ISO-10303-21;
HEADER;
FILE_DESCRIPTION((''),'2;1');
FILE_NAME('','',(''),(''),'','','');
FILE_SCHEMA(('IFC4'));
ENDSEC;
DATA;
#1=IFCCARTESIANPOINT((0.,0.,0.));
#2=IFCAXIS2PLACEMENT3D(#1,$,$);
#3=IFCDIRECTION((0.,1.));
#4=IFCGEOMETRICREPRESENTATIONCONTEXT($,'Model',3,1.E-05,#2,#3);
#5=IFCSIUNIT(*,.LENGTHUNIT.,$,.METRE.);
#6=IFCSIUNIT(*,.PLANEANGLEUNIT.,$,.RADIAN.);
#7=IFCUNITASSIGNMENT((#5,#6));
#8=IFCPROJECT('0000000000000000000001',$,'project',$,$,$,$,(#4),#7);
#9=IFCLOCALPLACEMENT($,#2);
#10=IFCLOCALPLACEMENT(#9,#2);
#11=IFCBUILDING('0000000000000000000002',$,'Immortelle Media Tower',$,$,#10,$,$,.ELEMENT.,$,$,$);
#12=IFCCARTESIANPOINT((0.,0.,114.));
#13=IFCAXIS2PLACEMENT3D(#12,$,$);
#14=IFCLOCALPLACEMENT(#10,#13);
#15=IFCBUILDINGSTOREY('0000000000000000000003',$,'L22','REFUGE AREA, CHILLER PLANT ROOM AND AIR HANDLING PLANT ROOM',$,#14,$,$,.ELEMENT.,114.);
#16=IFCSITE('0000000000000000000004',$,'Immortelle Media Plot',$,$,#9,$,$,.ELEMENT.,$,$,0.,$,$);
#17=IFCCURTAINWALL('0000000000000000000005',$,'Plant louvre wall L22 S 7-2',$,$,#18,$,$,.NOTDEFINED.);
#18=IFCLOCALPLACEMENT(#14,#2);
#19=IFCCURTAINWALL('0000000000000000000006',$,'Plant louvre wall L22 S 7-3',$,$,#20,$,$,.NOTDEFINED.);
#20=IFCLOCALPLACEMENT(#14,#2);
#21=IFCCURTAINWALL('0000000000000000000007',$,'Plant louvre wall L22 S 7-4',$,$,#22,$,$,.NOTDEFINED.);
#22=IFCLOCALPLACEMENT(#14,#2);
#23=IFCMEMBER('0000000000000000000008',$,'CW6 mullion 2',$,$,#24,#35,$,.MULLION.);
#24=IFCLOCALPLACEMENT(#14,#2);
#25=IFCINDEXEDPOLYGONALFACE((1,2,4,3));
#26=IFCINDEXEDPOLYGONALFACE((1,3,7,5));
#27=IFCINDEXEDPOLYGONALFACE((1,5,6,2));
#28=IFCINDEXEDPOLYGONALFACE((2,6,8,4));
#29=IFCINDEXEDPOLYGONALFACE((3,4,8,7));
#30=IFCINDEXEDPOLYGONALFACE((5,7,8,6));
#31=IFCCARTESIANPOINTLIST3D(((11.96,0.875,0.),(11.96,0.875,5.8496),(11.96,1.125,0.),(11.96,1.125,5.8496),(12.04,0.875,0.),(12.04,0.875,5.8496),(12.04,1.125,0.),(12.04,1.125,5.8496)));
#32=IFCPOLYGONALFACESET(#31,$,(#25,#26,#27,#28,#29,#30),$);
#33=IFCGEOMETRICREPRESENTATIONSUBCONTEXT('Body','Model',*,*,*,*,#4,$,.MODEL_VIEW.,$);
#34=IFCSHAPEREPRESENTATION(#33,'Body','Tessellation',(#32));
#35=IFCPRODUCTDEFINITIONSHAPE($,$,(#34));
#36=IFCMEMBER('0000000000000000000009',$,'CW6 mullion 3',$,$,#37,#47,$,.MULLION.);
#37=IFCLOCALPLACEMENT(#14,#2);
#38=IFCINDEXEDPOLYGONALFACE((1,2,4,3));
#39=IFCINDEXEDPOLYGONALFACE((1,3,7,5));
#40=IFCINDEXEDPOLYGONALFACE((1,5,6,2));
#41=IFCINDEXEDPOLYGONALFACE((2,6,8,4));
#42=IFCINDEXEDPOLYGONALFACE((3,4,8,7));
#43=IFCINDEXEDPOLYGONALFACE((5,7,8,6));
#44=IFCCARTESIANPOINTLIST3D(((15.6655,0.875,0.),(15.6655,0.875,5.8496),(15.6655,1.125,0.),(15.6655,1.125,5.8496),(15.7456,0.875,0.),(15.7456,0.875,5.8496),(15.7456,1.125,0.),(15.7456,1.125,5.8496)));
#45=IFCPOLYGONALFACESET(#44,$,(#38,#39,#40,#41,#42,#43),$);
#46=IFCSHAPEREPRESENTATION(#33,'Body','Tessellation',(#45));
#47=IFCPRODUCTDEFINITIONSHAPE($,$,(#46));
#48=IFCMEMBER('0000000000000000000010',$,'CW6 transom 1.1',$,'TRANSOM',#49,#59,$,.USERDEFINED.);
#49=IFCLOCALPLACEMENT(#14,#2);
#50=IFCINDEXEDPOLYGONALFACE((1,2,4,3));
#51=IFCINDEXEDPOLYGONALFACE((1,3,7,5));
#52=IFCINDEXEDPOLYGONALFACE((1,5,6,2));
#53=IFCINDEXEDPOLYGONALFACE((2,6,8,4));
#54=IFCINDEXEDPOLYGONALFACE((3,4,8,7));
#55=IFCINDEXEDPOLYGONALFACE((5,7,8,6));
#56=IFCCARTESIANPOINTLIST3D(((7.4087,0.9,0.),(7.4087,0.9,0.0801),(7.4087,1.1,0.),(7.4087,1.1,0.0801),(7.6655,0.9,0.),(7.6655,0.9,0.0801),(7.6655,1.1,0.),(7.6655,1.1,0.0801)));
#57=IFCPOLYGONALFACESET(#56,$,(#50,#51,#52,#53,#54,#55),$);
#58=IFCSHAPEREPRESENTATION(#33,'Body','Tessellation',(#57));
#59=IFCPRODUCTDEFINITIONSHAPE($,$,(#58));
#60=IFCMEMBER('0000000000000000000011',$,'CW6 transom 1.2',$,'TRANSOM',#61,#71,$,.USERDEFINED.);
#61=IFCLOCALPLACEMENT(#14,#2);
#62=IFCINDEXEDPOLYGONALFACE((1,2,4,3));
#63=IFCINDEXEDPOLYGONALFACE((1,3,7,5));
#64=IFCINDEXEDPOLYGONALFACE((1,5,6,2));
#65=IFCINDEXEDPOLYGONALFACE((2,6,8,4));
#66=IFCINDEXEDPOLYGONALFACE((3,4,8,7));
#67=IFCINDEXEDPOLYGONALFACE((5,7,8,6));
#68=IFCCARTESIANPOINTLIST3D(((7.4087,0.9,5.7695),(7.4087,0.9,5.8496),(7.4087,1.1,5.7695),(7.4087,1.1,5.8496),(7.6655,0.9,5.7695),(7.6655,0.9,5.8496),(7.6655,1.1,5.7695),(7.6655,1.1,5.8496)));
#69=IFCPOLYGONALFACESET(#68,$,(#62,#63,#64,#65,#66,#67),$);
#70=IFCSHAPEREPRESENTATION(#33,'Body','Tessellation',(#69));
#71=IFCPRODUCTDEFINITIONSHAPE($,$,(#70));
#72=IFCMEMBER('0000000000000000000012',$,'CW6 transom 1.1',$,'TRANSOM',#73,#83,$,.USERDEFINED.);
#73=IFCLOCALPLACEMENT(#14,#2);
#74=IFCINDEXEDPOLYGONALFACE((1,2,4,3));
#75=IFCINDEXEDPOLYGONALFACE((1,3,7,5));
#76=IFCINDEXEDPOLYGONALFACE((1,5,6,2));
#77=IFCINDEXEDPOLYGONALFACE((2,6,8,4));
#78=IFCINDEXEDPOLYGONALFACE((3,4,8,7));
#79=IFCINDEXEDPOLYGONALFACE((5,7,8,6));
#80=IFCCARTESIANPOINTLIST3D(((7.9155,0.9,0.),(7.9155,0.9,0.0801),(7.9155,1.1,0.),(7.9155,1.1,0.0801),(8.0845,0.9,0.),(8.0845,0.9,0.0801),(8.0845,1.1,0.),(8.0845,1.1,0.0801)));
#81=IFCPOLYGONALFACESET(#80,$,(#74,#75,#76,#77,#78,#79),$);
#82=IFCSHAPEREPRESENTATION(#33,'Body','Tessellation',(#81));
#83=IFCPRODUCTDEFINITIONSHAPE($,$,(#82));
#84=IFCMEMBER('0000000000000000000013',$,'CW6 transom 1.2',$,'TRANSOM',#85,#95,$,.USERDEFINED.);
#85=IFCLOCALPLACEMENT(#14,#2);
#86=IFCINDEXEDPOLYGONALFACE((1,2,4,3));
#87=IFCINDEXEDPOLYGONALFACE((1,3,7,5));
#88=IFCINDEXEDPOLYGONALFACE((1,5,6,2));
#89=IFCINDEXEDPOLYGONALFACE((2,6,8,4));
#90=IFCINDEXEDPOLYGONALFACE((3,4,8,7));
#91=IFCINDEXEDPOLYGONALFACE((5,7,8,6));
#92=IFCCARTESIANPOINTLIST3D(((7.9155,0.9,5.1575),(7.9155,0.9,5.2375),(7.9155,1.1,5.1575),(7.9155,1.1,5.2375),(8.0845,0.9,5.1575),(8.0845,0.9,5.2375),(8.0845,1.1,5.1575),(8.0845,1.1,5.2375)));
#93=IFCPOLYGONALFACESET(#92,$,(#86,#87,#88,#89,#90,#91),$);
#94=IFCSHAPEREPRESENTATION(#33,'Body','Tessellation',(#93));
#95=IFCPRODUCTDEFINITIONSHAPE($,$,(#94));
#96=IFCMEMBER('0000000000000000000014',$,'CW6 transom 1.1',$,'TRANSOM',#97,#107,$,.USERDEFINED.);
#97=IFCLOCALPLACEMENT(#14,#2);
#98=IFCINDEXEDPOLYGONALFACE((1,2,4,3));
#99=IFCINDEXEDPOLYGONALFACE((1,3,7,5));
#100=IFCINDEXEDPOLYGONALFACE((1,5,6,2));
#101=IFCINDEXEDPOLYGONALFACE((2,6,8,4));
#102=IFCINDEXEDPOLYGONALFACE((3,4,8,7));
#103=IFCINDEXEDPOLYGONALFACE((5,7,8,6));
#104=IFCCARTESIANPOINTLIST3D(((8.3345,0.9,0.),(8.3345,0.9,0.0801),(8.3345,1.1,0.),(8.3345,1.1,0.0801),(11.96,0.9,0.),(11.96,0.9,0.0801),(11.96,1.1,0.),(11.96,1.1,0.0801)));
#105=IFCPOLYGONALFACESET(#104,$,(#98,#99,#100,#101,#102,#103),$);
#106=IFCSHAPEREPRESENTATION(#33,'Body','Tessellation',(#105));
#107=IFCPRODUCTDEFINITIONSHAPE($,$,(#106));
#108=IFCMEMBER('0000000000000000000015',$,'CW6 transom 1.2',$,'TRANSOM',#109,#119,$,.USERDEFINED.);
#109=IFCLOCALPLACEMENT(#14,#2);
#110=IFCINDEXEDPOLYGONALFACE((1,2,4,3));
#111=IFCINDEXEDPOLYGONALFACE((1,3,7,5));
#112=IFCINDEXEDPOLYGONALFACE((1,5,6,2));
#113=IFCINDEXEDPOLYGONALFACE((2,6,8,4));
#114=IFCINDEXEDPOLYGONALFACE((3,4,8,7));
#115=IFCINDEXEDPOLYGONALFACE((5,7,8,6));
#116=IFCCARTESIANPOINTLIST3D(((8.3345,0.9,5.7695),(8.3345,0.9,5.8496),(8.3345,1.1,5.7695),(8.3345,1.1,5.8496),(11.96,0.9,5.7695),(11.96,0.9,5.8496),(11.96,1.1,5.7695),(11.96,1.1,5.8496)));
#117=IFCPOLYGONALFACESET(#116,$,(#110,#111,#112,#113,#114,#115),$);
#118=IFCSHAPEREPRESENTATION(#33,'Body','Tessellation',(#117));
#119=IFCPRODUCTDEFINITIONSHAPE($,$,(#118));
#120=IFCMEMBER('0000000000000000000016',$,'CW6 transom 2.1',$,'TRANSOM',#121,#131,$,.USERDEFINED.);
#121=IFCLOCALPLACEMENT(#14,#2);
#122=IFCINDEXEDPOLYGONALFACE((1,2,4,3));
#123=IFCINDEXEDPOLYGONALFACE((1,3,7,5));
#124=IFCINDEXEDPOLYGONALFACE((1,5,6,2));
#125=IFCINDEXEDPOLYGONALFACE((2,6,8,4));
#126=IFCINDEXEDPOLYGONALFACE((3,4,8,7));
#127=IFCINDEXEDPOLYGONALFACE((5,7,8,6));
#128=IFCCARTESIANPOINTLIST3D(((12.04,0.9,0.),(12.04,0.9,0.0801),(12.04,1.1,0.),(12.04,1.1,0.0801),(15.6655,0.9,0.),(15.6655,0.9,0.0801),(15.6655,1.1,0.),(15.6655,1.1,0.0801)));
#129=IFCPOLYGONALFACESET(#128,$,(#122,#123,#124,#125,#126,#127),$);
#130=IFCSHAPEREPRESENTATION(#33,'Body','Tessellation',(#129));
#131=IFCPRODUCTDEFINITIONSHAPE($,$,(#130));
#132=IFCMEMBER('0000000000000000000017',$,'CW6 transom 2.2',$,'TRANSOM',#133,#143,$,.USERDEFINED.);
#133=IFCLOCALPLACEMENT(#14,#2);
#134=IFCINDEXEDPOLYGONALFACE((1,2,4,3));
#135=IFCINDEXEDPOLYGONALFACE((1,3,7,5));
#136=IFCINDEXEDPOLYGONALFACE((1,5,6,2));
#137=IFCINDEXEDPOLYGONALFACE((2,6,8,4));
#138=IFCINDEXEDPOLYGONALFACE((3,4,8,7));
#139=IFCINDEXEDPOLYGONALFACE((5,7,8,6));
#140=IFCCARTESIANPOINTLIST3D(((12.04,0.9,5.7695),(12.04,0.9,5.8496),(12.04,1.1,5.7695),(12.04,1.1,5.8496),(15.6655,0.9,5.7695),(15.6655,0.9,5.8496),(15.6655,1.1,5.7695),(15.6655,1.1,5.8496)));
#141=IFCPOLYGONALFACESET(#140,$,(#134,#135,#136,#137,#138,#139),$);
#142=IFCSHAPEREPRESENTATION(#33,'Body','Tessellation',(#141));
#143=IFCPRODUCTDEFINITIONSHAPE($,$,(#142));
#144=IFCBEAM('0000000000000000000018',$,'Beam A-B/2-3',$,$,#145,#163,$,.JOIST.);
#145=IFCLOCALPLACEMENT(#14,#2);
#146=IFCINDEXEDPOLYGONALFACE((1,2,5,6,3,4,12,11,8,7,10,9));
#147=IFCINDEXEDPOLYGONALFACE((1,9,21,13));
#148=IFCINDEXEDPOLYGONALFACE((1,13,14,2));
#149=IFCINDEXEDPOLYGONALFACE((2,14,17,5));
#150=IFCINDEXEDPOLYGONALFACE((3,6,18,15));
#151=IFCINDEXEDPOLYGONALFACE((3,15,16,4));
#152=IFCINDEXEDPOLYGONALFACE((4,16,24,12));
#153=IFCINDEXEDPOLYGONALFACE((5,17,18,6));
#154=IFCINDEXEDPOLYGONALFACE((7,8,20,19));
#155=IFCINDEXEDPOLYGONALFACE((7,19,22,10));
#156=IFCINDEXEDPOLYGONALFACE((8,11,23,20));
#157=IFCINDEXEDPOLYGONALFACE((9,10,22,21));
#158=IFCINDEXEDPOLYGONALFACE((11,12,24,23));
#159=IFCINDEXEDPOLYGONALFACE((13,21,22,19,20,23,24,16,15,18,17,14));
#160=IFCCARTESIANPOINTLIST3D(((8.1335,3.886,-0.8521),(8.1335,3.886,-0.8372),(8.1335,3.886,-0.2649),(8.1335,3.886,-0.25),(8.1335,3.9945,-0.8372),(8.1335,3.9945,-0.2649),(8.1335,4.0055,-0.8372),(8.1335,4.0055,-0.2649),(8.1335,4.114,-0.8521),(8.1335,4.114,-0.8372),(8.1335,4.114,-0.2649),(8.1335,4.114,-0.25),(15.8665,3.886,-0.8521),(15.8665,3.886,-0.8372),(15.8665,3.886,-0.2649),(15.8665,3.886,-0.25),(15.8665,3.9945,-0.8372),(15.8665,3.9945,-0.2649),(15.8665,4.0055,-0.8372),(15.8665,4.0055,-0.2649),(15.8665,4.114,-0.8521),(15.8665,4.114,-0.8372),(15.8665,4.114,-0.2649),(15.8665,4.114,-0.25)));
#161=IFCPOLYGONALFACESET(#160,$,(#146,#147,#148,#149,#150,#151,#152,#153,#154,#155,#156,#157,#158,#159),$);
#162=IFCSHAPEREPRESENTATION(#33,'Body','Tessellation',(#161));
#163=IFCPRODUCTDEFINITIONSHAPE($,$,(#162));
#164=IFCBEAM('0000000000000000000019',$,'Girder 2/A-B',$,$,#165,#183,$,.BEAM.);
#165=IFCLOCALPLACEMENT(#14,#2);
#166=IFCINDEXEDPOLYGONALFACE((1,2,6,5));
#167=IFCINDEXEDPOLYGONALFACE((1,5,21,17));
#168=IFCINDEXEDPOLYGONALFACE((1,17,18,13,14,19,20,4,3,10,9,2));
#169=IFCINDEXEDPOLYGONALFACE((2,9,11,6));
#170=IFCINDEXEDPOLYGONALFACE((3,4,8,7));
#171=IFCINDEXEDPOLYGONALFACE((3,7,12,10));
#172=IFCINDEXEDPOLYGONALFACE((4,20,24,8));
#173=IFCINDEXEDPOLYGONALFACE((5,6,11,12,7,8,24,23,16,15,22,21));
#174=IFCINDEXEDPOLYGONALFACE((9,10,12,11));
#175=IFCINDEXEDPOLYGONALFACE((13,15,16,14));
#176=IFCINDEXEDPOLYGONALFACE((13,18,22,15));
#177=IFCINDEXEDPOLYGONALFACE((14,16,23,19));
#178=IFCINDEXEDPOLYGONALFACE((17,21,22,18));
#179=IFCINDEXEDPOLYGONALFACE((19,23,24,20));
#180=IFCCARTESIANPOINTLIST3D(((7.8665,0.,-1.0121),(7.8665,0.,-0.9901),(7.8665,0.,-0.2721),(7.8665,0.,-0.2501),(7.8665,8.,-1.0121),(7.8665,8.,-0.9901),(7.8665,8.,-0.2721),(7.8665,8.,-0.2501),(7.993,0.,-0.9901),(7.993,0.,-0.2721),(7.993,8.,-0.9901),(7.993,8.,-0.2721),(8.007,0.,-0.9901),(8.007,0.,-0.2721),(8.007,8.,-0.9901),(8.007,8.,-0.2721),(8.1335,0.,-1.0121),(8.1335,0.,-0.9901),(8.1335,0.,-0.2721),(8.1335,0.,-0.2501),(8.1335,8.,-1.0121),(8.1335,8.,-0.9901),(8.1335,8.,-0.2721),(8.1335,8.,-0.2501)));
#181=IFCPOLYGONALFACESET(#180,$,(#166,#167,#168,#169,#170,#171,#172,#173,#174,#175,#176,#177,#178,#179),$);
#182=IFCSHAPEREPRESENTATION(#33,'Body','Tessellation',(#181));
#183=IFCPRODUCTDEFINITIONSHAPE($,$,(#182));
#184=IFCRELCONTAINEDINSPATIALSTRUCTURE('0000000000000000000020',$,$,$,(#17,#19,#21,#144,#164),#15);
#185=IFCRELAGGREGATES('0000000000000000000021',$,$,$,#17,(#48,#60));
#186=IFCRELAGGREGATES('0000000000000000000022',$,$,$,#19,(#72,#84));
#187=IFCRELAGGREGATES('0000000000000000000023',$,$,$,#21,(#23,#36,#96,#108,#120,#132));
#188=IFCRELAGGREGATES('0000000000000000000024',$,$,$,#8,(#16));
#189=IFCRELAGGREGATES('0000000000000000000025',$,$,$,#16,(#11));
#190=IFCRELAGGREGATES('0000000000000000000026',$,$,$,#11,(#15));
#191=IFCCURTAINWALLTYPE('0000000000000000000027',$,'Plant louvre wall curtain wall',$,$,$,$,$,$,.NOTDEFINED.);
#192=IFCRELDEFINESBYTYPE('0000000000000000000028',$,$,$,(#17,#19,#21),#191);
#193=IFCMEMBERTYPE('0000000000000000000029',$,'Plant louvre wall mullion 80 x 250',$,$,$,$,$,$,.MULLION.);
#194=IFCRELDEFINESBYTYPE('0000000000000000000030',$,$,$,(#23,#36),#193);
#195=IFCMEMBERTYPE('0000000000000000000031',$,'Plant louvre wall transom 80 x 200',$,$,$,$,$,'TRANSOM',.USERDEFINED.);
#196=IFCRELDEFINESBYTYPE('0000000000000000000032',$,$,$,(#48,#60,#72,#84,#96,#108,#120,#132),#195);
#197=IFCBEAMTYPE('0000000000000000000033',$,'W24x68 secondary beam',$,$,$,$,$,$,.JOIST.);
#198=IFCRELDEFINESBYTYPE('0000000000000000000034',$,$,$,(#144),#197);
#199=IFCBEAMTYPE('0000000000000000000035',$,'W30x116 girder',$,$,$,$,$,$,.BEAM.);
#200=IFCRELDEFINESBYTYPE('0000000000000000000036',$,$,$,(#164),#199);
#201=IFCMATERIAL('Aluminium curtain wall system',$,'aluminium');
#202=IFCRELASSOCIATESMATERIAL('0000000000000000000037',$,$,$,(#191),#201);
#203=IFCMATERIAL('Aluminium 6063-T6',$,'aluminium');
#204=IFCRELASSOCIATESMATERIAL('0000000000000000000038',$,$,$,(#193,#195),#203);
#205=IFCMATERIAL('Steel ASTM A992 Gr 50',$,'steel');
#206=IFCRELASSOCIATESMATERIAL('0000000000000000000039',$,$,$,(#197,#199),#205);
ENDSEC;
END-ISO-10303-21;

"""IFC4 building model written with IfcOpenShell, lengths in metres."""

from ifc_helpers import new_model, si_unit, direction, frame, origin, origin_2d, place, context, subcontext, project, spatial, rectangle, i_section, extrude, material, material_profile, profile_set, type_object, element, aggregate, save


model = new_model("IFC4")

# Units and contexts
model_context = context("Model", 3, precision=1e-05, world=origin(), true_north=direction((0.0, 1.0)))
body_context = subcontext(model_context, "Body", "Model", "MODEL_VIEW")
ifc_project = project(units=[si_unit("LENGTHUNIT", "METRE"), si_unit("PLANEANGLEUNIT", "RADIAN")], contexts=[model_context])

# Site, building, storey
site_placement = place(None, origin())
site = spatial("IfcSite", under=ifc_project, at=site_placement, Name="Immortelle Media Plot", CompositionType="ELEMENT", RefElevation=0.0)
building_placement = place(site_placement, origin())
building = spatial("IfcBuilding", under=site, at=building_placement, Name="Immortelle Media Tower", CompositionType="ELEMENT")
storey_placement = place(building_placement, frame((0.0, 0.0, 114.0)))
storey = spatial("IfcBuildingStorey", under=building, at=storey_placement, Name="L22", Description="REFUGE AREA, CHILLER PLANT ROOM AND AIR HANDLING PLANT ROOM", CompositionType="ELEMENT", Elevation=114.0)

# Shared definitions
ifc_material_1 = material(Name="Steel ASTM A992 Gr 50", Category="steel")

# Curtain wall
ifc_material_2 = material(Name="Aluminium curtain wall system", Category="aluminium")
curtain_wall_type = type_object("IfcCurtainWallType", Name="Plant louvre wall curtain wall", PredefinedType="NOTDEFINED", material=ifc_material_2)
curtain_wall_1_placement = place(storey_placement, origin())
curtain_wall_1 = element("IfcCurtainWall", 1, at=curtain_wall_1_placement, inside=storey, type_object=curtain_wall_type, Name="Plant louvre wall L22 S 7-2", PredefinedType="NOTDEFINED")
ifc_material_3 = material(Name="Aluminium 6063-T6", Category="aluminium")
ifc_material_profile_1 = material_profile(ifc_material_3, rectangle(XDim=0.25, YDim=0.0801, at=origin_2d()), Name="AL 80x250")
ifc_profile_set_1 = profile_set([ifc_material_profile_1], Name="Aluminium 6063-T6")
member_type_1 = type_object("IfcMemberType", Name="Plant louvre wall mullion 80 x 250", PredefinedType="MULLION", material=ifc_profile_set_1)

# Curtain walls, members
curtain_wall_2_placement = place(storey_placement, origin())
curtain_wall_2 = element("IfcCurtainWall", 2, at=curtain_wall_2_placement, inside=storey, type_object=curtain_wall_type, Name="Plant louvre wall L22 S 7-3", PredefinedType="NOTDEFINED")
curtain_wall_3_placement = place(storey_placement, origin())
curtain_wall_3 = element("IfcCurtainWall", 3, at=curtain_wall_3_placement, inside=storey, type_object=curtain_wall_type, Name="Plant louvre wall L22 S 7-4", PredefinedType="NOTDEFINED")
member_1_placement = place(storey_placement, frame((12.0, 1.0, 0.0), z_axis=(0.0, 0.0, 1.0), x_axis=(0.0, 1.0, 0.0)))
member_1 = element("IfcMember", 4, at=member_1_placement, type_object=member_type_1, Name="CW6 mullion 2", PredefinedType="MULLION", context=body_context, shape_type="SweptSolid", body=[
    extrude(rectangle(XDim=0.25, YDim=0.0801, at=origin_2d()), origin(), (0.0, 0.0, 1.0), 5.8496),
])
member_2_placement = place(storey_placement, frame((15.7056, 1.0, 0.0), z_axis=(0.0, 0.0, 1.0), x_axis=(0.0, 1.0, 0.0)))
member_2 = element("IfcMember", 5, at=member_2_placement, type_object=member_type_1, Name="CW6 mullion 3", PredefinedType="MULLION", context=body_context, shape_type="SweptSolid", body=[
    extrude(rectangle(XDim=0.25, YDim=0.0801, at=origin_2d()), origin(), (0.0, 0.0, 1.0), 5.8496),
])

# Members
ifc_material_profile_2 = material_profile(ifc_material_3, rectangle(XDim=0.2, YDim=0.0801, at=origin_2d()), Name="AL 80x200")
ifc_profile_set_2 = profile_set([ifc_material_profile_2], Name="Aluminium 6063-T6")
member_type_2 = type_object("IfcMemberType", Name="Plant louvre wall transom 80 x 200", ElementType="TRANSOM", PredefinedType="USERDEFINED", material=ifc_profile_set_2)
member_3_placement = place(storey_placement, frame((7.4087, 1.0, 0.04), z_axis=(1.0, 0.0, 0.0), x_axis=(0.0, 1.0, 0.0)))
member_3 = element("IfcMember", 6, at=member_3_placement, type_object=member_type_2, Name="CW6 transom 1.1", ObjectType="TRANSOM", PredefinedType="USERDEFINED", context=body_context, shape_type="SweptSolid", body=[
    extrude(rectangle(XDim=0.2, YDim=0.0801, at=origin_2d()), origin(), (0.0, 0.0, 1.0), 0.2568),
])
member_4_placement = place(storey_placement, frame((7.4087, 1.0, 5.8096), z_axis=(1.0, 0.0, 0.0), x_axis=(0.0, 1.0, 0.0)))
member_4 = element("IfcMember", 7, at=member_4_placement, type_object=member_type_2, Name="CW6 transom 1.2", ObjectType="TRANSOM", PredefinedType="USERDEFINED", context=body_context, shape_type="SweptSolid", body=[
    extrude(rectangle(XDim=0.2, YDim=0.0801, at=origin_2d()), origin(), (0.0, 0.0, 1.0), 0.2568),
])
member_5_placement = place(storey_placement, frame((7.9155, 1.0, 0.04), z_axis=(1.0, 0.0, 0.0), x_axis=(0.0, 1.0, 0.0)))
member_5 = element("IfcMember", 8, at=member_5_placement, type_object=member_type_2, Name="CW6 transom 1.1", ObjectType="TRANSOM", PredefinedType="USERDEFINED", context=body_context, shape_type="SweptSolid", body=[
    extrude(rectangle(XDim=0.2, YDim=0.0801, at=origin_2d()), origin(), (0.0, 0.0, 1.0), 0.1689),
])
member_6_placement = place(storey_placement, frame((7.9155, 1.0, 5.1975), z_axis=(1.0, 0.0, 0.0), x_axis=(0.0, 1.0, 0.0)))
member_6 = element("IfcMember", 9, at=member_6_placement, type_object=member_type_2, Name="CW6 transom 1.2", ObjectType="TRANSOM", PredefinedType="USERDEFINED", context=body_context, shape_type="SweptSolid", body=[
    extrude(rectangle(XDim=0.2, YDim=0.0801, at=origin_2d()), origin(), (0.0, 0.0, 1.0), 0.1689),
])
member_7_placement = place(storey_placement, frame((8.3345, 1.0, 0.04), z_axis=(1.0, 0.0, 0.0), x_axis=(0.0, 1.0, 0.0)))
member_7 = element("IfcMember", 10, at=member_7_placement, type_object=member_type_2, Name="CW6 transom 1.1", ObjectType="TRANSOM", PredefinedType="USERDEFINED", context=body_context, shape_type="SweptSolid", body=[
    extrude(rectangle(XDim=0.2, YDim=0.0801, at=origin_2d()), origin(), (0.0, 0.0, 1.0), 3.6255),
])
member_8_placement = place(storey_placement, frame((8.3345, 1.0, 5.8096), z_axis=(1.0, 0.0, 0.0), x_axis=(0.0, 1.0, 0.0)))
member_8 = element("IfcMember", 11, at=member_8_placement, type_object=member_type_2, Name="CW6 transom 1.2", ObjectType="TRANSOM", PredefinedType="USERDEFINED", context=body_context, shape_type="SweptSolid", body=[
    extrude(rectangle(XDim=0.2, YDim=0.0801, at=origin_2d()), origin(), (0.0, 0.0, 1.0), 3.6255),
])
member_9_placement = place(storey_placement, frame((12.04, 1.0, 0.04), z_axis=(1.0, 0.0, 0.0), x_axis=(0.0, 1.0, 0.0)))
member_9 = element("IfcMember", 12, at=member_9_placement, type_object=member_type_2, Name="CW6 transom 2.1", ObjectType="TRANSOM", PredefinedType="USERDEFINED", context=body_context, shape_type="SweptSolid", body=[
    extrude(rectangle(XDim=0.2, YDim=0.0801, at=origin_2d()), origin(), (0.0, 0.0, 1.0), 3.6255),
])
member_10_placement = place(storey_placement, frame((12.04, 1.0, 5.8096), z_axis=(1.0, 0.0, 0.0), x_axis=(0.0, 1.0, 0.0)))
member_10 = element("IfcMember", 13, at=member_10_placement, type_object=member_type_2, Name="CW6 transom 2.2", ObjectType="TRANSOM", PredefinedType="USERDEFINED", context=body_context, shape_type="SweptSolid", body=[
    extrude(rectangle(XDim=0.2, YDim=0.0801, at=origin_2d()), origin(), (0.0, 0.0, 1.0), 3.6255),
])

# Beams
ifc_material_profile_3 = material_profile(ifc_material_1, i_section(OverallWidth=0.228, OverallDepth=0.6021, WebThickness=0.011, FlangeThickness=0.0149, at=origin_2d()), Name="W24x68")
ifc_profile_set_3 = profile_set([ifc_material_profile_3], Name="Steel ASTM A992 Gr 50")
beam_type_1 = type_object("IfcBeamType", Name="W24x68 secondary beam", PredefinedType="JOIST", material=ifc_profile_set_3)
beam_1_placement = place(storey_placement, frame((8.1335, 4.0, -0.551), z_axis=(1.0, 0.0, 0.0), x_axis=(0.0, 1.0, 0.0)))
element("IfcBeam", 14, at=beam_1_placement, inside=storey, type_object=beam_type_1, Name="Beam A-B/2-3", PredefinedType="JOIST", context=body_context, shape_type="SweptSolid", body=[
    extrude(i_section(OverallWidth=0.228, OverallDepth=0.6021, WebThickness=0.011, FlangeThickness=0.0149, at=origin_2d()), origin(), (0.0, 0.0, 1.0), 7.7329),
])
ifc_material_profile_4 = material_profile(ifc_material_1, i_section(OverallWidth=0.2671, OverallDepth=0.762, WebThickness=0.0139, FlangeThickness=0.022, at=origin_2d()), Name="W30x116")
ifc_profile_set_4 = profile_set([ifc_material_profile_4], Name="Steel ASTM A992 Gr 50")
beam_type_2 = type_object("IfcBeamType", Name="W30x116 girder", PredefinedType="BEAM", material=ifc_profile_set_4)
beam_2_placement = place(storey_placement, frame((8.0, 0.0, -0.6311), z_axis=(0.0, 1.0, 0.0), x_axis=(-1.0, 0.0, 0.0)))
element("IfcBeam", 15, at=beam_2_placement, inside=storey, type_object=beam_type_2, Name="Girder 2/A-B", PredefinedType="BEAM", context=body_context, shape_type="SweptSolid", body=[
    extrude(i_section(OverallWidth=0.2671, OverallDepth=0.762, WebThickness=0.0139, FlangeThickness=0.022, at=origin_2d()), origin(), (0.0, 0.0, 1.0), 8.0),
])

aggregate(curtain_wall_1, [member_3, member_4])
aggregate(curtain_wall_2, [member_5, member_6])
aggregate(curtain_wall_3, [member_1, member_2, member_7, member_8, member_9, member_10])

save(model, "model.ifc")
